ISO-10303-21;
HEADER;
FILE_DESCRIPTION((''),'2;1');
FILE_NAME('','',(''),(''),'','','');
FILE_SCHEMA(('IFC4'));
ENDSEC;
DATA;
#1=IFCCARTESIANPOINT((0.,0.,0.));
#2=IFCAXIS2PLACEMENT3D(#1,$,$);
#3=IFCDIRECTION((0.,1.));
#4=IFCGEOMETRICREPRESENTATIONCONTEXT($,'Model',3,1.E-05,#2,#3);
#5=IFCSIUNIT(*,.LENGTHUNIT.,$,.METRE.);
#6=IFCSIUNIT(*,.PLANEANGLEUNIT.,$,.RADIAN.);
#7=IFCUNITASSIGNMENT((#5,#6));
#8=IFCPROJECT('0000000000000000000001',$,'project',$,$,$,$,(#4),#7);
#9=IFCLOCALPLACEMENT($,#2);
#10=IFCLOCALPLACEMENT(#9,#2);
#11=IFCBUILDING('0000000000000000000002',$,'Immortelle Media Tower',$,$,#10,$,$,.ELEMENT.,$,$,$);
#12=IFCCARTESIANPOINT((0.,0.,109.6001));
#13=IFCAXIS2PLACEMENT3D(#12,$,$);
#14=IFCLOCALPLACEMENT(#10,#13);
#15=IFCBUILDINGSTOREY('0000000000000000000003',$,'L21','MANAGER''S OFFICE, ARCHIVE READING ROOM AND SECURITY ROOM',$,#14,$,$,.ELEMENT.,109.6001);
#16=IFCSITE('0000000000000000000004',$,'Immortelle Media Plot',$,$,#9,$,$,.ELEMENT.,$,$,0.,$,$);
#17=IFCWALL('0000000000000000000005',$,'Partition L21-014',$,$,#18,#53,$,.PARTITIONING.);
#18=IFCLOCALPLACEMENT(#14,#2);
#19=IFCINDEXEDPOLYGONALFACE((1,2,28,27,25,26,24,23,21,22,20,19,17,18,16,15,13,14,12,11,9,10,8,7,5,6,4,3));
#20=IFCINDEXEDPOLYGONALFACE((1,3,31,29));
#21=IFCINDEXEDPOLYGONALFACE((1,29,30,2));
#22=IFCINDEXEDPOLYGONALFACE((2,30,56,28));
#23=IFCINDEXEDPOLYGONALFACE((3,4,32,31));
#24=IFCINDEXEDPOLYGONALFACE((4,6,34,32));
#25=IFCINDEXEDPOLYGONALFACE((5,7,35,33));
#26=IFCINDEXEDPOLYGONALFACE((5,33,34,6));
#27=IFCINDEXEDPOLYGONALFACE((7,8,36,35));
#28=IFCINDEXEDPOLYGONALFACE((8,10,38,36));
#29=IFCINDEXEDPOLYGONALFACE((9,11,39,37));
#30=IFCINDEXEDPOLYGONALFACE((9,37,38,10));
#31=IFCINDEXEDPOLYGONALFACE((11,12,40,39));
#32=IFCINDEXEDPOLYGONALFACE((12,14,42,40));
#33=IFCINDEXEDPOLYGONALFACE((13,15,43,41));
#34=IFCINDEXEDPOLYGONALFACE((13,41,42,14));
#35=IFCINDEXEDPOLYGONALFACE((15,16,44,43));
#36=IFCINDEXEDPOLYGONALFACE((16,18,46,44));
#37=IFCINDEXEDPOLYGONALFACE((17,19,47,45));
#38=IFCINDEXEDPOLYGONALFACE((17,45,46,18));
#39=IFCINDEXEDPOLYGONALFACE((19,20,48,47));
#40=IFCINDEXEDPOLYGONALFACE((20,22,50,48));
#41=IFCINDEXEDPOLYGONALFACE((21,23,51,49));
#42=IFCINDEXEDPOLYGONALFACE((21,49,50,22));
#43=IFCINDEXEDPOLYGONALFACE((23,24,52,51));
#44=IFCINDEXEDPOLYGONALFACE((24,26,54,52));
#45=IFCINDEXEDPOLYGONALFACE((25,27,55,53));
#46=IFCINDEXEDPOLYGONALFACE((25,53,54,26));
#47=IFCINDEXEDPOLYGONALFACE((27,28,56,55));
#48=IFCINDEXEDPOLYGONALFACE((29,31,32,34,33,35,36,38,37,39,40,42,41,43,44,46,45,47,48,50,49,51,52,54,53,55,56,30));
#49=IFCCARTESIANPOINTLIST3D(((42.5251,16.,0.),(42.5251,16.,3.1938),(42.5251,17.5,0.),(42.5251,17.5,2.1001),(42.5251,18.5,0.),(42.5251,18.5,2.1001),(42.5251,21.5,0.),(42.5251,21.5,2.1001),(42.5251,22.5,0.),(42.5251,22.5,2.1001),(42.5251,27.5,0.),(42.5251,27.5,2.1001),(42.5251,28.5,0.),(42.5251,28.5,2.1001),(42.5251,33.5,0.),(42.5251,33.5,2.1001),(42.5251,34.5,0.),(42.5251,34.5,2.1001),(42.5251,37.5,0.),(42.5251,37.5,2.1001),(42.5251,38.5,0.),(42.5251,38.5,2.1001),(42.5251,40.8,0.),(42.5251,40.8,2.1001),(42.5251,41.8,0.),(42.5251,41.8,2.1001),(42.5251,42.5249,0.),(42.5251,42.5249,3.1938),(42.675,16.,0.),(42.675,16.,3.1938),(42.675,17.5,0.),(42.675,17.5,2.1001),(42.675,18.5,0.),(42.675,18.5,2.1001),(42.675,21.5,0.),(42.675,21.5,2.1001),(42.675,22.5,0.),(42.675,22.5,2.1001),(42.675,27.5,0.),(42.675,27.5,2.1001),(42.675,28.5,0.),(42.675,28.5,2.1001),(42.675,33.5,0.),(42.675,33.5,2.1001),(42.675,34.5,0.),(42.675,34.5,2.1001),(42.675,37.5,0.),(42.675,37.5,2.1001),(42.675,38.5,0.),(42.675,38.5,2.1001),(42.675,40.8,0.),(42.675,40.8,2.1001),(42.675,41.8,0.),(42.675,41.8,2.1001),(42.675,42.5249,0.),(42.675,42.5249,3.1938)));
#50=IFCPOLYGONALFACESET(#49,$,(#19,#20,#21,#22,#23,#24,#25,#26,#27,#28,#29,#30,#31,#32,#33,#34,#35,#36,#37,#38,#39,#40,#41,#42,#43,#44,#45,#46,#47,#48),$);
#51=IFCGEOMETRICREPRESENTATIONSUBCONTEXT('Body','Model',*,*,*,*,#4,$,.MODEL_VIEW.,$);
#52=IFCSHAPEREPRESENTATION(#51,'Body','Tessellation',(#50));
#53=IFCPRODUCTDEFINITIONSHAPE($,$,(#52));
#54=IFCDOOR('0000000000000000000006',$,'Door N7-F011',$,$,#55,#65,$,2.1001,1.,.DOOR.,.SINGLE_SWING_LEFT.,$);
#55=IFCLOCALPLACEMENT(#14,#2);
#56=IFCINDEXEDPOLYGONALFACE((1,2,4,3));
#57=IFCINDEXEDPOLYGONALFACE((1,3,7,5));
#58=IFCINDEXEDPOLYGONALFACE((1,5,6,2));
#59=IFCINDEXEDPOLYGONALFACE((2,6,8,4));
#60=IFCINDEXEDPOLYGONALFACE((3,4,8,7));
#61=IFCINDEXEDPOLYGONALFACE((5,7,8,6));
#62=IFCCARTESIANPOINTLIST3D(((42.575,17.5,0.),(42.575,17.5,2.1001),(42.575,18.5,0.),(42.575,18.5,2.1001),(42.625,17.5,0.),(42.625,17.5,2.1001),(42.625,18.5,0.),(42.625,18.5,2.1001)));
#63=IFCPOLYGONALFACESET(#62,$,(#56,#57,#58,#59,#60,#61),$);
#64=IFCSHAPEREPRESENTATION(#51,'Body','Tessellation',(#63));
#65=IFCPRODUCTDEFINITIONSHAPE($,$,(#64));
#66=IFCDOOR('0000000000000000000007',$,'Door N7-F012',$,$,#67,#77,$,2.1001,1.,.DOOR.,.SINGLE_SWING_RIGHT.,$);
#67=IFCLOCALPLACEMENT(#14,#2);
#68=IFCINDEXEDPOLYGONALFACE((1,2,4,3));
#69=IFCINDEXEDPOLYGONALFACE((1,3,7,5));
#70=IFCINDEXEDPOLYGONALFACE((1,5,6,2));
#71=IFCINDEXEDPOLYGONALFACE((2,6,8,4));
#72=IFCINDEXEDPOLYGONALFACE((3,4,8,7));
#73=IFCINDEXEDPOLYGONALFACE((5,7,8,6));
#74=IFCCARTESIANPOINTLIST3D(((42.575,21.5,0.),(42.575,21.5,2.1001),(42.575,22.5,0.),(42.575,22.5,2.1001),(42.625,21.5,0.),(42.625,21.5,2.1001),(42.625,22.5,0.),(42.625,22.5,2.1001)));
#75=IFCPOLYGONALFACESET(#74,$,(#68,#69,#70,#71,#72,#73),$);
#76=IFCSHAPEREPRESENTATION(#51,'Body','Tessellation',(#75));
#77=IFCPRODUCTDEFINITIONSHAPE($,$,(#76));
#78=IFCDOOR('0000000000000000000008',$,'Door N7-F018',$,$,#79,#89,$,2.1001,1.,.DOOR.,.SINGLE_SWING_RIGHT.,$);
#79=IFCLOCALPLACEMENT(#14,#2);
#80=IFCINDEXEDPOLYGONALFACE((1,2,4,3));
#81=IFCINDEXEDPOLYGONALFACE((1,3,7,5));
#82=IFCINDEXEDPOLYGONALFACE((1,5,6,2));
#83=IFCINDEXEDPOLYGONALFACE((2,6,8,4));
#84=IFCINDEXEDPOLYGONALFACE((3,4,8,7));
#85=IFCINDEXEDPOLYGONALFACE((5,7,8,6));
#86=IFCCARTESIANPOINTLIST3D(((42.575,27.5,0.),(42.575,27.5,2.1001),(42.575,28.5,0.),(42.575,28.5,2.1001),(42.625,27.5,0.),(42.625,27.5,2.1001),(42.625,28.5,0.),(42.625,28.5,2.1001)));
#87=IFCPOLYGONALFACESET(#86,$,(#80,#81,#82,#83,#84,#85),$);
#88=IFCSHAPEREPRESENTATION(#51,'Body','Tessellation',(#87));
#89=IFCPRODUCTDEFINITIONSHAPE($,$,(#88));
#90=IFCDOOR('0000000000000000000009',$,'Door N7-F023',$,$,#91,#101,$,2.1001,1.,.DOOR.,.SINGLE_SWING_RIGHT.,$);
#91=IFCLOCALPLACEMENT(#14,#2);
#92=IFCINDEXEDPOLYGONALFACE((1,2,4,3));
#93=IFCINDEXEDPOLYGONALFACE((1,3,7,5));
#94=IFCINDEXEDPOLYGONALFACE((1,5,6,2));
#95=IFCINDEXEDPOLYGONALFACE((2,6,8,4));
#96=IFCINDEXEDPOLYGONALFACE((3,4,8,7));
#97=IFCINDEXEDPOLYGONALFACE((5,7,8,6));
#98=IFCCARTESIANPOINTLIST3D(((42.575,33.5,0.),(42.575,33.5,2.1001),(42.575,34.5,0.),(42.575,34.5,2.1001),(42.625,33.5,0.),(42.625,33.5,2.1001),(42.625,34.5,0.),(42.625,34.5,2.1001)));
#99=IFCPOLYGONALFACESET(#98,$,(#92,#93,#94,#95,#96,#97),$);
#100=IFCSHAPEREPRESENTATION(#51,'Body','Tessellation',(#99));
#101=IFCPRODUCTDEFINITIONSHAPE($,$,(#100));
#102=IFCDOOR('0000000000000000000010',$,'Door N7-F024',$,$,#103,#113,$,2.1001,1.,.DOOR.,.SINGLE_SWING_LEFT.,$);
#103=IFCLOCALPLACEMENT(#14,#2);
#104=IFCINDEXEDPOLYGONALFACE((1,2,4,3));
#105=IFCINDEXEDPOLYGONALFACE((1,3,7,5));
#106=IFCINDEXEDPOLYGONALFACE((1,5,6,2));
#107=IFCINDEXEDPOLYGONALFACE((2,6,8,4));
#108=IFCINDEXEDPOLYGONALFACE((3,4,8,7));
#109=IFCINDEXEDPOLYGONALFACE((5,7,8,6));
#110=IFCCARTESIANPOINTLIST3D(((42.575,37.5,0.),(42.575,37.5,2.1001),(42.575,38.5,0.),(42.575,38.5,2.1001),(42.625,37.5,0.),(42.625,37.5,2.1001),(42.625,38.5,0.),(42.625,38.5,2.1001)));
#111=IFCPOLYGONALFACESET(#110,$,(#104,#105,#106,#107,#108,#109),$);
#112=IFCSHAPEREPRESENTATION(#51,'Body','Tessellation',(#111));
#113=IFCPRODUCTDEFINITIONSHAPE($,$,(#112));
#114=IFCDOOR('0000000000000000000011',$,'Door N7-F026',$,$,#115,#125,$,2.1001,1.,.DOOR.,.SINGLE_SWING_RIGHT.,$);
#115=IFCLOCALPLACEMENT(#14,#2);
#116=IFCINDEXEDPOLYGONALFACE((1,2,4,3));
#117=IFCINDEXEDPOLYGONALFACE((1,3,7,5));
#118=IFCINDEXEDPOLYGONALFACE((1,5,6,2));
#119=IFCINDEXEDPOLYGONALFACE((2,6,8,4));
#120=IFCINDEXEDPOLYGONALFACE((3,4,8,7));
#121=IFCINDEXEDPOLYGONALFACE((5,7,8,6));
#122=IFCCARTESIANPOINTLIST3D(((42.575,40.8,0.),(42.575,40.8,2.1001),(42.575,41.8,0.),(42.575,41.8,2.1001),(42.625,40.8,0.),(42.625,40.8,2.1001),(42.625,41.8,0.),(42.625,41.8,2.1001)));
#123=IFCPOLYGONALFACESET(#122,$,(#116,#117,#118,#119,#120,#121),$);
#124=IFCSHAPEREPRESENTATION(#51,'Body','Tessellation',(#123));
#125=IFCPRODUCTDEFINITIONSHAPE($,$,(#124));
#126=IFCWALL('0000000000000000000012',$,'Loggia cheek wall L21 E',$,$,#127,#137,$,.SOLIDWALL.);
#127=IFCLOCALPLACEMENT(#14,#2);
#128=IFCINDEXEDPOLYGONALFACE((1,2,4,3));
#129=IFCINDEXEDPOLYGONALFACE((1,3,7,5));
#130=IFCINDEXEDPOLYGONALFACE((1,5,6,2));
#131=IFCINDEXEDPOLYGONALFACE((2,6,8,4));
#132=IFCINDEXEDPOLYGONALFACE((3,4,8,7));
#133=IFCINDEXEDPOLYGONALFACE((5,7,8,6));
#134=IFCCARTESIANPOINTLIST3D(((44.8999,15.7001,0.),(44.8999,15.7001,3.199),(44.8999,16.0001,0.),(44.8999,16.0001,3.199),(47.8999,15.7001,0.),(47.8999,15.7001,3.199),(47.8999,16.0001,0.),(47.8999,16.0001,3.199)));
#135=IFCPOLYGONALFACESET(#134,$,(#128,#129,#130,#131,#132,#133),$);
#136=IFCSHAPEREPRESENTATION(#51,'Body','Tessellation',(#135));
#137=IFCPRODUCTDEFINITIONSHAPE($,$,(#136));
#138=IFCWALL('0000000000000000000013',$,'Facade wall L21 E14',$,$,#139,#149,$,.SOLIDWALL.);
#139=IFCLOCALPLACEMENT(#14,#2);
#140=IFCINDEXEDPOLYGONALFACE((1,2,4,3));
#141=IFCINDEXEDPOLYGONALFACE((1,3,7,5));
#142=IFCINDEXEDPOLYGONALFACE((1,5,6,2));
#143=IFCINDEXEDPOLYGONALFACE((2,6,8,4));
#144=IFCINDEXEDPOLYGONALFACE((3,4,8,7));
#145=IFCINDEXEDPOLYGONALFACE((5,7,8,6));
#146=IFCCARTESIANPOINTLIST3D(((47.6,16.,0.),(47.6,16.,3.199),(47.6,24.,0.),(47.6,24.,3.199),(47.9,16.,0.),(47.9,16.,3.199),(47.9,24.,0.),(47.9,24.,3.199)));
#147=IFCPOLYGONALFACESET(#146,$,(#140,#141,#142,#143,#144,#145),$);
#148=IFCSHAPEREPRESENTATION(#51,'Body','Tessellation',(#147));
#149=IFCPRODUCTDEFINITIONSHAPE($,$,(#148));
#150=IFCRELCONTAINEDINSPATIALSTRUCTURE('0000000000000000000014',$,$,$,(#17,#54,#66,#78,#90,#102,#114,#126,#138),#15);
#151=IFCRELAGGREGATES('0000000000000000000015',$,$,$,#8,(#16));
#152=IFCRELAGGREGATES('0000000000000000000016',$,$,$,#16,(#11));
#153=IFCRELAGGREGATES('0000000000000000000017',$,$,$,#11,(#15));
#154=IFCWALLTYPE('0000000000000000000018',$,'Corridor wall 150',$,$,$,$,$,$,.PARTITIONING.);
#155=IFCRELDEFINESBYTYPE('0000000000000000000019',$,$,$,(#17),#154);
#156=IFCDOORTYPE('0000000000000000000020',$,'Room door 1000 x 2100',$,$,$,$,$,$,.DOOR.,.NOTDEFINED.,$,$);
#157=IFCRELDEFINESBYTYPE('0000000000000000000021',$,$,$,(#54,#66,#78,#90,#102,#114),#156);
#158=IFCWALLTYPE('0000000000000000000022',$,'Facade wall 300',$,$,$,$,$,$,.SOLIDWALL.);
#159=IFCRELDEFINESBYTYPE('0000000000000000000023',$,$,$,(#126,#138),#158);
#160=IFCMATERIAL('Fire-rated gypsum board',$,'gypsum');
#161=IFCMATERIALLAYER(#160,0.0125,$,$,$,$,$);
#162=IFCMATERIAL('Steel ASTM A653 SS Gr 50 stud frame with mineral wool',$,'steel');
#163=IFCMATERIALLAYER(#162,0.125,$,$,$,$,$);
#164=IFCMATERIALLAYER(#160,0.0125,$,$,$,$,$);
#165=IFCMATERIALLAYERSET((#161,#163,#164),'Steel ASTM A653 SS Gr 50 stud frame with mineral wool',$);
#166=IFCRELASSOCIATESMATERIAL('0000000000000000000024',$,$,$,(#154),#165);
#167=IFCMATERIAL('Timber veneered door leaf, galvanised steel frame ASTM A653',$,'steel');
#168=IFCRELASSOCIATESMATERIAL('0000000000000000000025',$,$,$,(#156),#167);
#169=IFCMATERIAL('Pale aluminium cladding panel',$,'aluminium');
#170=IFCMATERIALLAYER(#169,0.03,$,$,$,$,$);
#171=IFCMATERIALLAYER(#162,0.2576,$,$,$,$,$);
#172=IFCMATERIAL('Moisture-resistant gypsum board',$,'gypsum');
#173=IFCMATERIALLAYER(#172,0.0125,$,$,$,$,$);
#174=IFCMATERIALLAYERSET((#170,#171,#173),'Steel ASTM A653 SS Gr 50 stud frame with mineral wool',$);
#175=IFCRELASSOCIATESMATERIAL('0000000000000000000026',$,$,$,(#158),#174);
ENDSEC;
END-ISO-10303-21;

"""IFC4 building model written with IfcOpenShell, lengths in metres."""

from ifc_helpers import new_model, si_unit, direction, frame, frame_2d, origin, place, context, subcontext, project, spatial, rectangle, extrude, material, layer, layer_set, type_object, element, fill, save


model = new_model("IFC4")

# Units and contexts
model_context = context("Model", 3, precision=1e-05, world=origin(), true_north=direction((0.0, 1.0)))
body_context = subcontext(model_context, "Body", "Model", "MODEL_VIEW")
ifc_project = project(units=[si_unit("LENGTHUNIT", "METRE"), si_unit("PLANEANGLEUNIT", "RADIAN")], contexts=[model_context])

# Site, building, storey
site_placement = place(None, origin())
site = spatial("IfcSite", under=ifc_project, at=site_placement, Name="Immortelle Media Plot", CompositionType="ELEMENT", RefElevation=0.0)
building_placement = place(site_placement, origin())
building = spatial("IfcBuilding", under=site, at=building_placement, Name="Immortelle Media Tower", CompositionType="ELEMENT")
storey_placement = place(building_placement, frame((0.0, 0.0, 109.6001)))
storey = spatial("IfcBuildingStorey", under=building, at=storey_placement, Name="L21", Description="MANAGER'S OFFICE, ARCHIVE READING ROOM AND SECURITY ROOM", CompositionType="ELEMENT", Elevation=109.6001)

# Shared definitions
ifc_material_1 = material(Name="Fire-rated gypsum board", Category="gypsum")
ifc_layer_1 = layer(ifc_material_1, 0.0125)
ifc_material_2 = material(Name="Steel ASTM A653 SS Gr 50 stud frame with mineral wool", Category="steel")
ifc_layer_2 = layer(ifc_material_2, 0.125)
ifc_layer_3 = layer(ifc_material_1, 0.0125)
ifc_layer_set_1 = layer_set([ifc_layer_1, ifc_layer_2, ifc_layer_3], Name="Steel ASTM A653 SS Gr 50 stud frame with mineral wool")
wall_type_1 = type_object("IfcWallType", Name="Corridor wall 150", PredefinedType="PARTITIONING", material=ifc_layer_set_1)
ifc_material_3 = material(Name="Timber veneered door leaf, galvanised steel frame ASTM A653", Category="steel")
door_type = type_object("IfcDoorType", Name="Room door 1000 x 2100", OperationType="NOTDEFINED", PredefinedType="DOOR", material=ifc_material_3)

# Wall, openings, doors
wall_1_placement = place(storey_placement, frame((42.6001, 16.0, 0.0), z_axis=(0.0, 0.0, 1.0), x_axis=(0.0, 1.0, 0.0)))
wall_1 = element("IfcWall", 1, at=wall_1_placement, inside=storey, type_object=wall_type_1, Name="Partition L21-014", PredefinedType="PARTITIONING", context=body_context, shape_type="SweptSolid", body=[
    extrude(rectangle(XDim=26.5249, YDim=0.1499, at=frame_2d((13.2625, 0.0))), origin(), (0.0, 0.0, 1.0), 3.1938),
])
opening_1_placement = place(wall_1_placement, frame((2.5, 0.0, 0.0), z_axis=(0.0, 0.0, 1.0), x_axis=(-1.0, 0.0, 0.0)))
opening_1 = element("IfcOpeningElement", 2, at=opening_1_placement, cuts=wall_1, PredefinedType="OPENING", context=body_context, shape_type="SweptSolid", body=[
    extrude(rectangle(XDim=1.0, YDim=2.1001, at=frame_2d((0.5, 1.05))), frame((0.0, 0.085, 0.0), z_axis=(0.0, -1.0, 0.0), x_axis=(1.0, 0.0, 0.0)), (0.0, 0.0, 1.0), 0.1699),
])
opening_2_placement = place(wall_1_placement, frame((6.5, 0.0, 0.0), z_axis=(0.0, 0.0, 1.0), x_axis=(-1.0, 0.0, 0.0)))
opening_2 = element("IfcOpeningElement", 3, at=opening_2_placement, cuts=wall_1, PredefinedType="OPENING", context=body_context, shape_type="SweptSolid", body=[
    extrude(rectangle(XDim=1.0, YDim=2.1001, at=frame_2d((0.5, 1.05))), frame((0.0, 0.085, 0.0), z_axis=(0.0, -1.0, 0.0), x_axis=(1.0, 0.0, 0.0)), (0.0, 0.0, 1.0), 0.1699),
])
opening_3_placement = place(wall_1_placement, frame((12.5, 0.0, 0.0), z_axis=(0.0, 0.0, 1.0), x_axis=(-1.0, 0.0, 0.0)))
opening_3 = element("IfcOpeningElement", 4, at=opening_3_placement, cuts=wall_1, PredefinedType="OPENING", context=body_context, shape_type="SweptSolid", body=[
    extrude(rectangle(XDim=1.0, YDim=2.1001, at=frame_2d((0.5, 1.05))), frame((0.0, 0.085, 0.0), z_axis=(0.0, -1.0, 0.0), x_axis=(1.0, 0.0, 0.0)), (0.0, 0.0, 1.0), 0.1699),
])
opening_4_placement = place(wall_1_placement, frame((18.5, 0.0, 0.0), z_axis=(0.0, 0.0, 1.0), x_axis=(-1.0, 0.0, 0.0)))
opening_4 = element("IfcOpeningElement", 5, at=opening_4_placement, cuts=wall_1, PredefinedType="OPENING", context=body_context, shape_type="SweptSolid", body=[
    extrude(rectangle(XDim=1.0, YDim=2.1001, at=frame_2d((0.5, 1.05))), frame((0.0, 0.085, 0.0), z_axis=(0.0, -1.0, 0.0), x_axis=(1.0, 0.0, 0.0)), (0.0, 0.0, 1.0), 0.1699),
])
opening_5_placement = place(wall_1_placement, frame((22.5, 0.0, 0.0), z_axis=(0.0, 0.0, 1.0), x_axis=(-1.0, 0.0, 0.0)))
opening_5 = element("IfcOpeningElement", 6, at=opening_5_placement, cuts=wall_1, PredefinedType="OPENING", context=body_context, shape_type="SweptSolid", body=[
    extrude(rectangle(XDim=1.0, YDim=2.1001, at=frame_2d((0.5, 1.05))), frame((0.0, 0.085, 0.0), z_axis=(0.0, -1.0, 0.0), x_axis=(1.0, 0.0, 0.0)), (0.0, 0.0, 1.0), 0.1699),
])
opening_6_placement = place(wall_1_placement, frame((25.8, 0.0, 0.0), z_axis=(0.0, 0.0, 1.0), x_axis=(-1.0, 0.0, 0.0)))
opening_6 = element("IfcOpeningElement", 7, at=opening_6_placement, cuts=wall_1, PredefinedType="OPENING", context=body_context, shape_type="SweptSolid", body=[
    extrude(rectangle(XDim=1.0, YDim=2.1001, at=frame_2d((0.5, 1.05))), frame((0.0, 0.085, 0.0), z_axis=(0.0, -1.0, 0.0), x_axis=(1.0, 0.0, 0.0)), (0.0, 0.0, 1.0), 0.1699),
])
door_1_placement = place(opening_1_placement, origin())
door_1 = element("IfcDoor", 8, at=door_1_placement, inside=storey, type_object=door_type, Name="Door N7-F011", OperationType="SINGLE_SWING_LEFT", OverallHeight=2.1001, OverallWidth=1.0, PredefinedType="DOOR", context=body_context, shape_type="SweptSolid", body=[
    extrude(rectangle(XDim=1.0, YDim=2.1001, at=frame_2d((0.5, 1.05))), frame((0.0, 0.0249, 0.0), z_axis=(0.0, -1.0, 0.0), x_axis=(1.0, 0.0, 0.0)), (0.0, 0.0, 1.0), 0.05),
])
fill(opening_1, door_1)
door_2_placement = place(opening_2_placement, origin())
door_2 = element("IfcDoor", 9, at=door_2_placement, inside=storey, type_object=door_type, Name="Door N7-F012", OperationType="SINGLE_SWING_RIGHT", OverallHeight=2.1001, OverallWidth=1.0, PredefinedType="DOOR", context=body_context, shape_type="SweptSolid", body=[
    extrude(rectangle(XDim=1.0, YDim=2.1001, at=frame_2d((0.5, 1.05))), frame((0.0, 0.0249, 0.0), z_axis=(0.0, -1.0, 0.0), x_axis=(1.0, 0.0, 0.0)), (0.0, 0.0, 1.0), 0.05),
])
fill(opening_2, door_2)
door_3_placement = place(opening_3_placement, origin())
door_3 = element("IfcDoor", 10, at=door_3_placement, inside=storey, type_object=door_type, Name="Door N7-F018", OperationType="SINGLE_SWING_RIGHT", OverallHeight=2.1001, OverallWidth=1.0, PredefinedType="DOOR", context=body_context, shape_type="SweptSolid", body=[
    extrude(rectangle(XDim=1.0, YDim=2.1001, at=frame_2d((0.5, 1.05))), frame((0.0, 0.0249, 0.0), z_axis=(0.0, -1.0, 0.0), x_axis=(1.0, 0.0, 0.0)), (0.0, 0.0, 1.0), 0.05),
])
fill(opening_3, door_3)
door_4_placement = place(opening_4_placement, origin())
door_4 = element("IfcDoor", 11, at=door_4_placement, inside=storey, type_object=door_type, Name="Door N7-F023", OperationType="SINGLE_SWING_RIGHT", OverallHeight=2.1001, OverallWidth=1.0, PredefinedType="DOOR", context=body_context, shape_type="SweptSolid", body=[
    extrude(rectangle(XDim=1.0, YDim=2.1001, at=frame_2d((0.5, 1.05))), frame((0.0, 0.0249, 0.0), z_axis=(0.0, -1.0, 0.0), x_axis=(1.0, 0.0, 0.0)), (0.0, 0.0, 1.0), 0.05),
])
fill(opening_4, door_4)
door_5_placement = place(opening_5_placement, origin())
door_5 = element("IfcDoor", 12, at=door_5_placement, inside=storey, type_object=door_type, Name="Door N7-F024", OperationType="SINGLE_SWING_LEFT", OverallHeight=2.1001, OverallWidth=1.0, PredefinedType="DOOR", context=body_context, shape_type="SweptSolid", body=[
    extrude(rectangle(XDim=1.0, YDim=2.1001, at=frame_2d((0.5, 1.05))), frame((0.0, 0.0249, 0.0), z_axis=(0.0, -1.0, 0.0), x_axis=(1.0, 0.0, 0.0)), (0.0, 0.0, 1.0), 0.05),
])
fill(opening_5, door_5)
door_6_placement = place(opening_6_placement, origin())
door_6 = element("IfcDoor", 13, at=door_6_placement, inside=storey, type_object=door_type, Name="Door N7-F026", OperationType="SINGLE_SWING_RIGHT", OverallHeight=2.1001, OverallWidth=1.0, PredefinedType="DOOR", context=body_context, shape_type="SweptSolid", body=[
    extrude(rectangle(XDim=1.0, YDim=2.1001, at=frame_2d((0.5, 1.05))), frame((0.0, 0.0249, 0.0), z_axis=(0.0, -1.0, 0.0), x_axis=(1.0, 0.0, 0.0)), (0.0, 0.0, 1.0), 0.05),
])
fill(opening_6, door_6)

# Walls
ifc_material_4 = material(Name="Pale aluminium cladding panel", Category="aluminium")
ifc_layer_4 = layer(ifc_material_4, 0.03)
ifc_layer_5 = layer(ifc_material_2, 0.2576)
ifc_material_5 = material(Name="Moisture-resistant gypsum board", Category="gypsum")
ifc_layer_6 = layer(ifc_material_5, 0.0125)
ifc_layer_set_2 = layer_set([ifc_layer_4, ifc_layer_5, ifc_layer_6], Name="Steel ASTM A653 SS Gr 50 stud frame with mineral wool")
wall_type_2 = type_object("IfcWallType", Name="Facade wall 300", PredefinedType="SOLIDWALL", material=ifc_layer_set_2)
wall_2_placement = place(storey_placement, frame((47.8999, 15.8501, 0.0), z_axis=(0.0, 0.0, 1.0), x_axis=(-1.0, 0.0, 0.0)))
element("IfcWall", 14, at=wall_2_placement, inside=storey, type_object=wall_type_2, Name="Loggia cheek wall L21 E", PredefinedType="SOLIDWALL", context=body_context, shape_type="SweptSolid", body=[
    extrude(rectangle(XDim=3.0, YDim=0.3, at=frame_2d((1.5, 0.0))), origin(), (0.0, 0.0, 1.0), 3.199),
])
wall_3_placement = place(storey_placement, frame((47.75, 16.0, 0.0), z_axis=(0.0, 0.0, 1.0), x_axis=(0.0, 1.0, 0.0)))
element("IfcWall", 15, at=wall_3_placement, inside=storey, type_object=wall_type_2, Name="Facade wall L21 E14", PredefinedType="SOLIDWALL", context=body_context, shape_type="SweptSolid", body=[
    extrude(rectangle(XDim=8.0, YDim=0.3, at=frame_2d((4.0, 0.0))), origin(), (0.0, 0.0, 1.0), 3.199),
])

save(model, "model.ifc")
